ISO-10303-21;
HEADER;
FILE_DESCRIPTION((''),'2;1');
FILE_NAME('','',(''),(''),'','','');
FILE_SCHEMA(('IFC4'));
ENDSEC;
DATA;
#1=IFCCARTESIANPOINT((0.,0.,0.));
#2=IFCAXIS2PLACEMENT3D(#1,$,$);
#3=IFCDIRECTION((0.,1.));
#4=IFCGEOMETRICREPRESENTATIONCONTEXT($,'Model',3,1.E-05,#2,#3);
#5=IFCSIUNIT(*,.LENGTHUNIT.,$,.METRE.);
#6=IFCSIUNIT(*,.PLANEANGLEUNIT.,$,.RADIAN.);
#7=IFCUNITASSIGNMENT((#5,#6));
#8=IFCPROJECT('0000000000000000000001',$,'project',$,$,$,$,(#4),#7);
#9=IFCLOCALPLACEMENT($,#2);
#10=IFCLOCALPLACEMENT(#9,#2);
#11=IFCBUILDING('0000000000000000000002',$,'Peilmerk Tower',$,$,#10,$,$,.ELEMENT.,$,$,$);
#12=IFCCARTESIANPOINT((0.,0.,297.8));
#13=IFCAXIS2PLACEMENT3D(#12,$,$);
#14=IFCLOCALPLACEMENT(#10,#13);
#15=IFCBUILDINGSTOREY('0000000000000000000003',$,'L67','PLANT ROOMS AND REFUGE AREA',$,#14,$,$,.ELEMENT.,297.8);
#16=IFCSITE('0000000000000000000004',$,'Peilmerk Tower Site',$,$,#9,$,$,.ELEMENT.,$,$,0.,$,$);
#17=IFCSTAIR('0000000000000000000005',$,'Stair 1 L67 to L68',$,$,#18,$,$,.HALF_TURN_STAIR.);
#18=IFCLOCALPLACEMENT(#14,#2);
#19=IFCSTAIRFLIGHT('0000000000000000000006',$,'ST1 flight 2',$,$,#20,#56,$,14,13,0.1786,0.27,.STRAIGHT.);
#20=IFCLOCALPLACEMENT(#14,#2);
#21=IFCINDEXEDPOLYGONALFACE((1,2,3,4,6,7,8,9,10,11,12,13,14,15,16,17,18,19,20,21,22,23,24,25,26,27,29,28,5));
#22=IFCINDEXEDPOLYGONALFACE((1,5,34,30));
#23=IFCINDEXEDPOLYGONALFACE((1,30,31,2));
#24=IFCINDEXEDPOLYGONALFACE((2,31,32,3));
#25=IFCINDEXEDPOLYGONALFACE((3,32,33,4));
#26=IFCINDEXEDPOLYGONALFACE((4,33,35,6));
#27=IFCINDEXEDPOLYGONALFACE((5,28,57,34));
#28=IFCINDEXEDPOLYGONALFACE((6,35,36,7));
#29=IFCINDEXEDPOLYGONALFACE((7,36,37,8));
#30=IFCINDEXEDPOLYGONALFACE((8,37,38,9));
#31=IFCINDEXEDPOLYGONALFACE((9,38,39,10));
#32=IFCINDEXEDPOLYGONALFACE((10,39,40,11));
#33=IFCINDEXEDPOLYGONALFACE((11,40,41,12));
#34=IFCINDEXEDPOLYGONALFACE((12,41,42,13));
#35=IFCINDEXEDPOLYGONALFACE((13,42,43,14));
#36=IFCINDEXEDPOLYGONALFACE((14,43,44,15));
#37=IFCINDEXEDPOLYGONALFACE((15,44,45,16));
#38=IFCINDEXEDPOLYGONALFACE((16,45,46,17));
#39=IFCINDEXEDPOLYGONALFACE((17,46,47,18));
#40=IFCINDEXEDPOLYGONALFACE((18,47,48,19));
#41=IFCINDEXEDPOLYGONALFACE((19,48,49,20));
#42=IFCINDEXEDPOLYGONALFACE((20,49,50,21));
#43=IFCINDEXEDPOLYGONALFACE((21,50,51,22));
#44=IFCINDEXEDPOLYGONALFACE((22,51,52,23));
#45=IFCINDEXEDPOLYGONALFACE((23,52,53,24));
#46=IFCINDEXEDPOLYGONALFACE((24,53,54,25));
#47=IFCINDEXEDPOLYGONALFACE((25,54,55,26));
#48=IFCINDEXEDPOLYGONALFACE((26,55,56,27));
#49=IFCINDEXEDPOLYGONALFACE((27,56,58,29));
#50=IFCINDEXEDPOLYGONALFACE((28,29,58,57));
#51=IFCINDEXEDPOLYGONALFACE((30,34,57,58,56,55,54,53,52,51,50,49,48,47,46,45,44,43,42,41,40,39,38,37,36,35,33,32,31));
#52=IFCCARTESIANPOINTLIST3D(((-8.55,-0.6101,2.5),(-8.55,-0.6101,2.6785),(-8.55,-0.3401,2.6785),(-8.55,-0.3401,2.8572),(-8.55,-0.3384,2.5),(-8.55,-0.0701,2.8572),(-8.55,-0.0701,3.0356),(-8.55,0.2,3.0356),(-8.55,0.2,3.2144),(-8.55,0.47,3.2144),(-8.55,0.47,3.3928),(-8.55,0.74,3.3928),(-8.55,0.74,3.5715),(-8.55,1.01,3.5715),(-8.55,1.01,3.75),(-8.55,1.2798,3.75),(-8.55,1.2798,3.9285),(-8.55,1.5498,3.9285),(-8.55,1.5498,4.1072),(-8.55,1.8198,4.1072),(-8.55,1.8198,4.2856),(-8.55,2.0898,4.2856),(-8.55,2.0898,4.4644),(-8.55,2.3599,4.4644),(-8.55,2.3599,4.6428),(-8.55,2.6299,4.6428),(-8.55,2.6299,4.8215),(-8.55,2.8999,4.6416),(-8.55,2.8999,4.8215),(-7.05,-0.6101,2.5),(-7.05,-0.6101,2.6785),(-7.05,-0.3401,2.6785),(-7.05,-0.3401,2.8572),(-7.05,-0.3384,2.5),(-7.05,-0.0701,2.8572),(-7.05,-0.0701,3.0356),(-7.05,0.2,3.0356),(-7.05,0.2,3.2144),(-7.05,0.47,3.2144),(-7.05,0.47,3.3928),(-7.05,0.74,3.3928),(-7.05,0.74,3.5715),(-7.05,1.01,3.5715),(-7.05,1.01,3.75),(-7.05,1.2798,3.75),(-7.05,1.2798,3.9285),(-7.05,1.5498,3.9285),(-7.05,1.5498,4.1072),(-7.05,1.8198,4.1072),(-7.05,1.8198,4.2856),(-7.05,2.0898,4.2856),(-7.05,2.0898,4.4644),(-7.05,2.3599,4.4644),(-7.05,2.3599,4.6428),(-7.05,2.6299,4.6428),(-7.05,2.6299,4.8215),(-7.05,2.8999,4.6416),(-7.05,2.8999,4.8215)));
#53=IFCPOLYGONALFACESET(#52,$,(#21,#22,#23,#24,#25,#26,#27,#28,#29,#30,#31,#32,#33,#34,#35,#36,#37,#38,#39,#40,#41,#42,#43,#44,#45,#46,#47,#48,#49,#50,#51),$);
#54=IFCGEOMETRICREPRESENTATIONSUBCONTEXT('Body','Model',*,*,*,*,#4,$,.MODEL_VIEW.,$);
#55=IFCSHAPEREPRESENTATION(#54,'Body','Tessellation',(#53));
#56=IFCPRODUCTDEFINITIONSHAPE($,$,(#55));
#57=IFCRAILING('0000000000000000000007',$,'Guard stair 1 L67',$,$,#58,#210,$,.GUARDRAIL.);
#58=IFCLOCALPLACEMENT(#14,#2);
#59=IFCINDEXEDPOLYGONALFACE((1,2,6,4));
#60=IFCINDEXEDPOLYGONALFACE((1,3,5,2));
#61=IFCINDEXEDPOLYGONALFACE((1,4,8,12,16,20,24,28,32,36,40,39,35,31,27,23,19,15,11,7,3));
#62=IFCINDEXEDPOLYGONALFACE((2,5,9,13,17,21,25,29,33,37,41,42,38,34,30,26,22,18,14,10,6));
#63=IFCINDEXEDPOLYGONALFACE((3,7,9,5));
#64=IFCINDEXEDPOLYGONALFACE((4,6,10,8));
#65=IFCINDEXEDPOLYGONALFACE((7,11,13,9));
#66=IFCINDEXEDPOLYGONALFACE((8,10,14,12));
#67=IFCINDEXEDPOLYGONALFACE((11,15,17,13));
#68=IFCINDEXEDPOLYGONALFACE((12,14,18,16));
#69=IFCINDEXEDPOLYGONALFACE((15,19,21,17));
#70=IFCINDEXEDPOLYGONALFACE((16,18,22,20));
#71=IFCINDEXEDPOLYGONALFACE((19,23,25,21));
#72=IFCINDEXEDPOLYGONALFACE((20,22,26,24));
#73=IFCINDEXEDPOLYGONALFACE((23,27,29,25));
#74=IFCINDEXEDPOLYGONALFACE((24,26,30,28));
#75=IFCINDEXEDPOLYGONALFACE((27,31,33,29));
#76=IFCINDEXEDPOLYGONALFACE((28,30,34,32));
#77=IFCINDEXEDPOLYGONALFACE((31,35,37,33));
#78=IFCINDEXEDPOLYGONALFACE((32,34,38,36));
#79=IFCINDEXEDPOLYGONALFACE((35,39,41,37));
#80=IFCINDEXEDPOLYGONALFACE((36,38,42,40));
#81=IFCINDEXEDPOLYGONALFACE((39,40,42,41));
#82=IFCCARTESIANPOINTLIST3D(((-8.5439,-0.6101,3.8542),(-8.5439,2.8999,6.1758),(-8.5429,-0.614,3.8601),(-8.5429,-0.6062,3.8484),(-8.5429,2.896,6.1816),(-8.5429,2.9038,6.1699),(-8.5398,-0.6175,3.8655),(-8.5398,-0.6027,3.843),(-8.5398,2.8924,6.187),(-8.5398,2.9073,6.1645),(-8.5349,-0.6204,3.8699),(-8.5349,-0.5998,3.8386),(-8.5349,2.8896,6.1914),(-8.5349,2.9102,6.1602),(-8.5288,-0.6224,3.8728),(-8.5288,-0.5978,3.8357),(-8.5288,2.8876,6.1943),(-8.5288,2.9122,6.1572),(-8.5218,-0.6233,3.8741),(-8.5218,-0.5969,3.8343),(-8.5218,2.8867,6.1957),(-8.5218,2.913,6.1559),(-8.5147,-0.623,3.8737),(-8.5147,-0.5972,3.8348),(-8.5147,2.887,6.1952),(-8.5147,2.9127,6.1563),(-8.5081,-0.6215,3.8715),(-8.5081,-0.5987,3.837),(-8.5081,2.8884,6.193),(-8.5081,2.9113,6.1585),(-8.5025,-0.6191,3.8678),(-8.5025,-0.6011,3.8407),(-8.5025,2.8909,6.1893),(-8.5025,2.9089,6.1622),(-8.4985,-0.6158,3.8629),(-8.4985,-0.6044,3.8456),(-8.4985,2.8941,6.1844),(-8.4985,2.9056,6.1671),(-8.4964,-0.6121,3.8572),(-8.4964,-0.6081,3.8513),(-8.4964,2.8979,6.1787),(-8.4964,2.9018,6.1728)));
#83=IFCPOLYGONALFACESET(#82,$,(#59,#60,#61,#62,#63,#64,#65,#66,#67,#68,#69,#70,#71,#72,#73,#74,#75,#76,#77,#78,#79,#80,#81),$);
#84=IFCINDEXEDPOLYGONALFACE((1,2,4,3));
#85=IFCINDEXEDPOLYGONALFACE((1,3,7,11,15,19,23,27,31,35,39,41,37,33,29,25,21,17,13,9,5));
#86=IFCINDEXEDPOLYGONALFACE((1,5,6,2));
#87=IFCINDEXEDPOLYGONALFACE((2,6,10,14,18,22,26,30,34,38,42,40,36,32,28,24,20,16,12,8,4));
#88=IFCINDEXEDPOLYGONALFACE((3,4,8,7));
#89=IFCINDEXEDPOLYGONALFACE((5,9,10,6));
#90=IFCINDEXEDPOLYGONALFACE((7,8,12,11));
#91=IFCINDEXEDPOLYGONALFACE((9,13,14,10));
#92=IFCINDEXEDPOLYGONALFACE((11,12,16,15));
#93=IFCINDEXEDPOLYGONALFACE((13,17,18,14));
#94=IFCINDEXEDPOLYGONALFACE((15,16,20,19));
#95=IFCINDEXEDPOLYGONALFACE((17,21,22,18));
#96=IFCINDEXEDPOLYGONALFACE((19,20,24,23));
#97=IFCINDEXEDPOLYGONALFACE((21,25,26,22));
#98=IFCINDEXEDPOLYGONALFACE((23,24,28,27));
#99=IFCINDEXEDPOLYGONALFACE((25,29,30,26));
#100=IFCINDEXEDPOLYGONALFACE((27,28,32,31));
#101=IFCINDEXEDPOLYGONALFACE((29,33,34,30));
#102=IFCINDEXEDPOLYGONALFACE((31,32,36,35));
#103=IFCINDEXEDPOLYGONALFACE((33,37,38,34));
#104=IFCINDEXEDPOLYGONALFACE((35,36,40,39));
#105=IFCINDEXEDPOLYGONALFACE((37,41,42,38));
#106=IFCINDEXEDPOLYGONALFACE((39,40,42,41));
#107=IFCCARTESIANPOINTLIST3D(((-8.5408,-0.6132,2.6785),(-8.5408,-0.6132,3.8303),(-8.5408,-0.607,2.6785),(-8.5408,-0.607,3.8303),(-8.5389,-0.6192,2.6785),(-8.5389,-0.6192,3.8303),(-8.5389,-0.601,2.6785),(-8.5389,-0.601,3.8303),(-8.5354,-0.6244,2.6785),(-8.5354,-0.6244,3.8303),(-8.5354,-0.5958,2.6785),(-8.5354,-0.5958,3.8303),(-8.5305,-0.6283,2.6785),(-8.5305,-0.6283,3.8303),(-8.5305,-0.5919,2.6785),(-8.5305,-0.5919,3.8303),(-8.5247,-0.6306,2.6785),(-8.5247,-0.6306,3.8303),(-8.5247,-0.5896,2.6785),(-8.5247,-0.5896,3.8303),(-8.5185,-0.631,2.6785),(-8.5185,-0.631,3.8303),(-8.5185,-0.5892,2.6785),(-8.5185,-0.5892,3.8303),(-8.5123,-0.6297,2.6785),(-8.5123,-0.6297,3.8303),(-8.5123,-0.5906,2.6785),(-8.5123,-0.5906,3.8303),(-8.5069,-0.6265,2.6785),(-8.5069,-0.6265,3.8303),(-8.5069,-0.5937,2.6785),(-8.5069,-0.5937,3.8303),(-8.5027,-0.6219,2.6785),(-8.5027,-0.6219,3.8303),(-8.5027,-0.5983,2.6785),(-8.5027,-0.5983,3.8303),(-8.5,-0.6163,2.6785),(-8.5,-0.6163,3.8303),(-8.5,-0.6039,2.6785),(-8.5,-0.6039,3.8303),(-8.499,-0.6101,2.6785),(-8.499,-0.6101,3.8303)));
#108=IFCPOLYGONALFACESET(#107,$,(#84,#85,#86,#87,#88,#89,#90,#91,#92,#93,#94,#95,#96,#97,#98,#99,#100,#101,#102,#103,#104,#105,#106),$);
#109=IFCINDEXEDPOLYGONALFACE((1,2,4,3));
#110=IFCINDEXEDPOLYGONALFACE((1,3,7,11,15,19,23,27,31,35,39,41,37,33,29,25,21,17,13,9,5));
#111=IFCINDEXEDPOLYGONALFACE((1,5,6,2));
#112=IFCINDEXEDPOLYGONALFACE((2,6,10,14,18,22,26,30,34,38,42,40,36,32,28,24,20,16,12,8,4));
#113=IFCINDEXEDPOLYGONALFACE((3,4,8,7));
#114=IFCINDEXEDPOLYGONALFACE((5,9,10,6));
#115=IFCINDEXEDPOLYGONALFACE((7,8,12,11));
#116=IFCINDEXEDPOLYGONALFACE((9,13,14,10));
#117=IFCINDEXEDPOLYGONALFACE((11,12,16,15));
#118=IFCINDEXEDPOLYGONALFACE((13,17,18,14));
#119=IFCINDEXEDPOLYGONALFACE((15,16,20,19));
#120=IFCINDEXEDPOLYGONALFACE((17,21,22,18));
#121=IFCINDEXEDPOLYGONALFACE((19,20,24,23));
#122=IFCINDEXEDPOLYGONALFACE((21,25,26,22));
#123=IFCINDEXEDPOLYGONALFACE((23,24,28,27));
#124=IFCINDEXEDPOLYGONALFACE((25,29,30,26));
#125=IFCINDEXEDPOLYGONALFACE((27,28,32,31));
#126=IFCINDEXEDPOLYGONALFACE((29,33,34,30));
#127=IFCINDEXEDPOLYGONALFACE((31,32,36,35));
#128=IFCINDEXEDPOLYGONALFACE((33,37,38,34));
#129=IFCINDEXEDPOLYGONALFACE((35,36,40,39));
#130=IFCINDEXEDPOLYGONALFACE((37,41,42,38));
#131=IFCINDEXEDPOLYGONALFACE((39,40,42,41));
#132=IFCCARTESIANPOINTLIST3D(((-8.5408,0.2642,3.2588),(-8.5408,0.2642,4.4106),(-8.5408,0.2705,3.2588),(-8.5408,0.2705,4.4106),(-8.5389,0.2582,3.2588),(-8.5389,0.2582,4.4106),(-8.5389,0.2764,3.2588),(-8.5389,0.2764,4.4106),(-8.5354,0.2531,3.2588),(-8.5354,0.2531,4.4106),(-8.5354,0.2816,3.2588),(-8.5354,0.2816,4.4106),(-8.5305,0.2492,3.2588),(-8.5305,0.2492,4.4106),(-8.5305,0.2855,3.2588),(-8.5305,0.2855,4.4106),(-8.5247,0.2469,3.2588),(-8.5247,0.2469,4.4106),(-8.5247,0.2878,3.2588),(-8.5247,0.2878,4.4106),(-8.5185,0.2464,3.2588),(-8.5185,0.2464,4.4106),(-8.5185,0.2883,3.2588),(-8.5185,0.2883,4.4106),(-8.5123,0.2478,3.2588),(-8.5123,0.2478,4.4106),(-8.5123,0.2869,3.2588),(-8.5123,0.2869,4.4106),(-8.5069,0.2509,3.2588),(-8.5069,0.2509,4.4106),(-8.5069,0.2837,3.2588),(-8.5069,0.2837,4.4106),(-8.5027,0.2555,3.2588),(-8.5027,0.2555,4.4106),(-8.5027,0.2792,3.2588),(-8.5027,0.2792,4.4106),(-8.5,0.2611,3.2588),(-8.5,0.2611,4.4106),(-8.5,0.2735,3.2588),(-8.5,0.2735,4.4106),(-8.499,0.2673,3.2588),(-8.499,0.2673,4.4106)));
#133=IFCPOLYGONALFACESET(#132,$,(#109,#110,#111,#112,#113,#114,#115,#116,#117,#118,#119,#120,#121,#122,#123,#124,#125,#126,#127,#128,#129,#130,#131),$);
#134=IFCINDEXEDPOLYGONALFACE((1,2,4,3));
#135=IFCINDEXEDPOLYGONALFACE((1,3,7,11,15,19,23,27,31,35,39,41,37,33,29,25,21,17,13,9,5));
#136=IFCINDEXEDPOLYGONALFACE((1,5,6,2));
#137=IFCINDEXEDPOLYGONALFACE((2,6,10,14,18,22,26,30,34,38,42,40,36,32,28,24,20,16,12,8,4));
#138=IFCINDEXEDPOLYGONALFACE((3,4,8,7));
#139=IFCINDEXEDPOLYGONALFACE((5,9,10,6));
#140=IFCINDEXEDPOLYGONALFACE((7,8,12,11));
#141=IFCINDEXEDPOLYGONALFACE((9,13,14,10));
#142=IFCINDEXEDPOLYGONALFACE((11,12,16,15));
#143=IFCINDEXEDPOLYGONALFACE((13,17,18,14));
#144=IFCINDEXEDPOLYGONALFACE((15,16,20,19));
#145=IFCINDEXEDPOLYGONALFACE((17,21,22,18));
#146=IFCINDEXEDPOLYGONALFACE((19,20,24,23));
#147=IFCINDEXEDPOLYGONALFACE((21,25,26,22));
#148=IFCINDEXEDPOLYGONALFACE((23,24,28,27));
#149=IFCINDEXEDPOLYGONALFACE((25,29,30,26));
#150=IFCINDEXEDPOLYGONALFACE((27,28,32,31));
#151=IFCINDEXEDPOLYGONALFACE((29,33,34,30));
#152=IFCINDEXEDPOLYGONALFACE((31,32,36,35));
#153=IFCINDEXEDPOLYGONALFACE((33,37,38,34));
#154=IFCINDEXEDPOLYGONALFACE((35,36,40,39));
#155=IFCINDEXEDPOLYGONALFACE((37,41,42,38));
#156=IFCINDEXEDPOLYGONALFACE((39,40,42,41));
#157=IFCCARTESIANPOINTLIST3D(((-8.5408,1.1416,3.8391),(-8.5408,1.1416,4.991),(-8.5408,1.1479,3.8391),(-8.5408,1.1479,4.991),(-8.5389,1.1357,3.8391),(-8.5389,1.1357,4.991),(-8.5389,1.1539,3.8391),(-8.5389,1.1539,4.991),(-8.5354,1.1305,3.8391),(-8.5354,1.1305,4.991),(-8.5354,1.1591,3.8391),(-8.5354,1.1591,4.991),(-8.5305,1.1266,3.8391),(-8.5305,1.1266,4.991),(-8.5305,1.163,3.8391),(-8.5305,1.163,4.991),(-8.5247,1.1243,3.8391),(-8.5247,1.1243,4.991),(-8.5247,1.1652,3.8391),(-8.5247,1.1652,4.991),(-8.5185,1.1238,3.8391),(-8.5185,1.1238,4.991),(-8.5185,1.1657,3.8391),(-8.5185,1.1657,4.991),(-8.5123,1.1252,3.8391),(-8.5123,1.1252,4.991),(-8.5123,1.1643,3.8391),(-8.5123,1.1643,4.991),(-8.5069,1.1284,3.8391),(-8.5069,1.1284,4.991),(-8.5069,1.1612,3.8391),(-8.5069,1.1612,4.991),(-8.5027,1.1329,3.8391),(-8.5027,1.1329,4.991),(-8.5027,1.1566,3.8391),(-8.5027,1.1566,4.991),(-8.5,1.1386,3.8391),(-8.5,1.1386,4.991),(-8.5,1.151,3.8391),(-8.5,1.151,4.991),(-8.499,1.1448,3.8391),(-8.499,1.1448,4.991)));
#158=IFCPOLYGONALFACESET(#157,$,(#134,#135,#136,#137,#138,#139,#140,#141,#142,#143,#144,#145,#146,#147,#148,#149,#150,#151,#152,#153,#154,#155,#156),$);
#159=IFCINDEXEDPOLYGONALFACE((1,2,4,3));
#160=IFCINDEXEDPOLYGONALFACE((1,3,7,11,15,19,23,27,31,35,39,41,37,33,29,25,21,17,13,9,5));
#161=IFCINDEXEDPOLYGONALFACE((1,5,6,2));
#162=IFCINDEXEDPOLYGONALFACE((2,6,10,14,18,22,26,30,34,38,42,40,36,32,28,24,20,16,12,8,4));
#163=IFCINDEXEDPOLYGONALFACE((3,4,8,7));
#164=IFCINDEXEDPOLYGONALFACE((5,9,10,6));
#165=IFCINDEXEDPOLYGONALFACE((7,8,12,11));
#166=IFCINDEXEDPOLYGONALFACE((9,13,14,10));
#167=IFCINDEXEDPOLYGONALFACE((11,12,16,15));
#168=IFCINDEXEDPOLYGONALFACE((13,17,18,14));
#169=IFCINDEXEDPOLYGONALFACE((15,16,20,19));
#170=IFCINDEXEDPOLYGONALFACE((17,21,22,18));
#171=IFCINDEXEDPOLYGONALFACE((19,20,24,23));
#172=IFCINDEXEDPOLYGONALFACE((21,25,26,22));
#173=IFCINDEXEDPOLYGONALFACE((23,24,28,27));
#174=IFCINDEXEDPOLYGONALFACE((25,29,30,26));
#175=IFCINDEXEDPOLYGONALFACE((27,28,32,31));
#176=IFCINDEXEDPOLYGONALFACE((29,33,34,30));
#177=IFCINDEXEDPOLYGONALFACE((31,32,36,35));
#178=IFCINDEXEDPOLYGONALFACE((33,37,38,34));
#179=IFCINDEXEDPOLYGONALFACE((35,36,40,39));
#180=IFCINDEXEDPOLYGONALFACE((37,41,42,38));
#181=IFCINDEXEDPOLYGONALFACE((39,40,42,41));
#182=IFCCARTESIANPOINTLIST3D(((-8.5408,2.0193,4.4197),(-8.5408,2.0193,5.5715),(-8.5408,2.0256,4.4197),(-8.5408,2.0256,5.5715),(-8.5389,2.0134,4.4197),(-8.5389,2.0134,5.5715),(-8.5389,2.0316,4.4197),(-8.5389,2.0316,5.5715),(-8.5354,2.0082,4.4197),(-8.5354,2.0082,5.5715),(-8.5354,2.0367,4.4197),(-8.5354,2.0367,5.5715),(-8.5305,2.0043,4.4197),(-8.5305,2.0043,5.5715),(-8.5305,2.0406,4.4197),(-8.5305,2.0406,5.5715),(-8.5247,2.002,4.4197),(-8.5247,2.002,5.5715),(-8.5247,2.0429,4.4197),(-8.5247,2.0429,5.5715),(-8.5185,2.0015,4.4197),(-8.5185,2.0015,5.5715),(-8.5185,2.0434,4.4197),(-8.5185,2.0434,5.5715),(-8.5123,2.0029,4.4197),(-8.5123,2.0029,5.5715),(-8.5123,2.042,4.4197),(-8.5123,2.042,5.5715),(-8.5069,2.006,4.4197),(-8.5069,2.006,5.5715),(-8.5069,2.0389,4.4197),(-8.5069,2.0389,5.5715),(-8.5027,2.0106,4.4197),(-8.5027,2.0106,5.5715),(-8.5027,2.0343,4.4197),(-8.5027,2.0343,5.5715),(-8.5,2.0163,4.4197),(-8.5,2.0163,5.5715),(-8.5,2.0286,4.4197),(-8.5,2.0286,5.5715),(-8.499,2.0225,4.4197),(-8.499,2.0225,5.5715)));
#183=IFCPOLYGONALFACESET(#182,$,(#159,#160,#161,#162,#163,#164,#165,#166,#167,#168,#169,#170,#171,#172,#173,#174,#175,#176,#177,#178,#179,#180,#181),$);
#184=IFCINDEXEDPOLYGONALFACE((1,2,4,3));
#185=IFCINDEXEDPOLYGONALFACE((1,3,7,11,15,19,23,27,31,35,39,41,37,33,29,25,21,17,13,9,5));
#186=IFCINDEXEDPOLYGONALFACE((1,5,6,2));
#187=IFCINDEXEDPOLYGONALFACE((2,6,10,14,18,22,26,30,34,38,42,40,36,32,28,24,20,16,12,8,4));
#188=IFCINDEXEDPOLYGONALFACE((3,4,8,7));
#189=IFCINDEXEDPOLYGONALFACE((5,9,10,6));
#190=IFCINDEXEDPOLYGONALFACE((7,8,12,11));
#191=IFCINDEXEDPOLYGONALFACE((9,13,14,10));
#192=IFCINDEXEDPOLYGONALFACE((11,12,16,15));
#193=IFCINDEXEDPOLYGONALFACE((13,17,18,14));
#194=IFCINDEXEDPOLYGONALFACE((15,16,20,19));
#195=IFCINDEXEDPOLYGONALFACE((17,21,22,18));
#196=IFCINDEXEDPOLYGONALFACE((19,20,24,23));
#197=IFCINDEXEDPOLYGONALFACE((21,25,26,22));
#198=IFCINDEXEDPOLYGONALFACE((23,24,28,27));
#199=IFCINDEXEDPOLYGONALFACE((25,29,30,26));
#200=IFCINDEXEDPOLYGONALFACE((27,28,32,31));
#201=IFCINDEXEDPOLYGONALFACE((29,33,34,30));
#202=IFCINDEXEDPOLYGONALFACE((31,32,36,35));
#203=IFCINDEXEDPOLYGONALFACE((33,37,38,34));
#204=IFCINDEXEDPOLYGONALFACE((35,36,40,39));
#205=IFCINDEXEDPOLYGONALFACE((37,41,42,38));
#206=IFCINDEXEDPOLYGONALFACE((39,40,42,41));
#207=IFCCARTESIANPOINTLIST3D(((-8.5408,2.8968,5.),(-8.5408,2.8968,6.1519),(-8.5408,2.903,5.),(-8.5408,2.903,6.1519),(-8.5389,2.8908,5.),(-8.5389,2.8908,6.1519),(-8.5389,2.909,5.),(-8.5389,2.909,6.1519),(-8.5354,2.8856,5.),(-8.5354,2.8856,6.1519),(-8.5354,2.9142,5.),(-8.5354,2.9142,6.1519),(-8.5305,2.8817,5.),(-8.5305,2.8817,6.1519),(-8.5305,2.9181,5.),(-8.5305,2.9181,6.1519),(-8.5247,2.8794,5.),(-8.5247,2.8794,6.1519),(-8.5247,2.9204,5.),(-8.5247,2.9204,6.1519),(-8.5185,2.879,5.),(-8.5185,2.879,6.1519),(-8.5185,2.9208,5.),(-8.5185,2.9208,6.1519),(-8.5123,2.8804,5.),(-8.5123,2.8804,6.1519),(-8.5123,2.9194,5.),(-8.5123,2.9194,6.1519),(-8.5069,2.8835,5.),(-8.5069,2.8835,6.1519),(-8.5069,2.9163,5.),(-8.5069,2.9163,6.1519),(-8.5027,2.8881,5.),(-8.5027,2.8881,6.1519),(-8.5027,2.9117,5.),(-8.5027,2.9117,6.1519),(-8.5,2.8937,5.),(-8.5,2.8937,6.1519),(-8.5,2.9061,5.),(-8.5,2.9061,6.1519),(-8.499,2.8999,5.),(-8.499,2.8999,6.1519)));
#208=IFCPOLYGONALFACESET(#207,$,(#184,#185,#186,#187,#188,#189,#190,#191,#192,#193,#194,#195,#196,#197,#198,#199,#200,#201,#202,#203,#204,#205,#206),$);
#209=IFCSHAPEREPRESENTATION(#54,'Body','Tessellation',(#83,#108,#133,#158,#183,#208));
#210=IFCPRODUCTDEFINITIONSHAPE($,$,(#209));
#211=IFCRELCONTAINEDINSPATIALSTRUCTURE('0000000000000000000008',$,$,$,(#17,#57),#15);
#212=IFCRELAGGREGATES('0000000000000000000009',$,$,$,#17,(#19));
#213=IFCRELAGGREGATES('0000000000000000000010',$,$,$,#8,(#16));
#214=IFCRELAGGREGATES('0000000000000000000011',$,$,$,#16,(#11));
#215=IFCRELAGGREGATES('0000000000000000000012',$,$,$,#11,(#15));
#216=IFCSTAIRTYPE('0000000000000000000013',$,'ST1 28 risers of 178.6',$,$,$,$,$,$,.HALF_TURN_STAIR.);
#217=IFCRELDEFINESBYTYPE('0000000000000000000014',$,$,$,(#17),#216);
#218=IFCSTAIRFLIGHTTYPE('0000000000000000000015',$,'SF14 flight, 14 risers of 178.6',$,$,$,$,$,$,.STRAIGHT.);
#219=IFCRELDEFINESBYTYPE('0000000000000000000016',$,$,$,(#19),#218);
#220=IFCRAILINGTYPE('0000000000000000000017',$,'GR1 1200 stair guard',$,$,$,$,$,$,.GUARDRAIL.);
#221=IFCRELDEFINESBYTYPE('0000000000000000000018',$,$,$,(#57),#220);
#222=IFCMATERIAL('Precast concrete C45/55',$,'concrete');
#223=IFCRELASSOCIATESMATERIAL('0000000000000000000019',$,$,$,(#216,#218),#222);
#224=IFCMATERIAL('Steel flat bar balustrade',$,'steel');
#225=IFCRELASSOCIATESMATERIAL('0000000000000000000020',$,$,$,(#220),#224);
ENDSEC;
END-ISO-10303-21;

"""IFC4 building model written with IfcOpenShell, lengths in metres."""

from ifc_helpers import new_model, si_unit, direction, frame, origin, origin_2d, place, context, subcontext, project, spatial, polyline, circle, outline, extrude, material, type_object, element, aggregate, save


model = new_model("IFC4")

# Units and contexts
model_context = context("Model", 3, precision=1e-05, world=origin(), true_north=direction((0.0, 1.0)))
body_context = subcontext(model_context, "Body", "Model", "MODEL_VIEW")
ifc_project = project(units=[si_unit("LENGTHUNIT", "METRE"), si_unit("PLANEANGLEUNIT", "RADIAN")], contexts=[model_context])

# Site, building, storey
site_placement = place(None, origin())
site = spatial("IfcSite", under=ifc_project, at=site_placement, Name="Peilmerk Tower Site", CompositionType="ELEMENT", RefElevation=0.0)
building_placement = place(site_placement, origin())
building = spatial("IfcBuilding", under=site, at=building_placement, Name="Peilmerk Tower", CompositionType="ELEMENT")
storey_placement = place(building_placement, frame((0.0, 0.0, 297.8)))
storey = spatial("IfcBuildingStorey", under=building, at=storey_placement, Name="L67", Description="PLANT ROOMS AND REFUGE AREA", CompositionType="ELEMENT", Elevation=297.8)

# Stair, stair flight
ifc_material_1 = material(Name="Precast concrete C45/55", Category="concrete")
stair_type = type_object("IfcStairType", Name="ST1 28 risers of 178.6", PredefinedType="HALF_TURN_STAIR", material=ifc_material_1)
stair_placement = place(storey_placement, origin())
stair = element("IfcStair", 1, at=stair_placement, inside=storey, type_object=stair_type, Name="Stair 1 L67 to L68", PredefinedType="HALF_TURN_STAIR")
stair_flight_type = type_object("IfcStairFlightType", Name="SF14 flight, 14 risers of 178.6", PredefinedType="STRAIGHT", material=ifc_material_1)
stair_flight_placement = place(storey_placement, frame((-7.8, -0.6101, 2.5), z_axis=(0.0, 0.0, 1.0), x_axis=(0.0, 1.0, 0.0)))
stair_flight = element("IfcStairFlight", 2, at=stair_flight_placement, type_object=stair_flight_type, Name="ST1 flight 2", NumberOfRisers=14, NumberOfTreads=13, PredefinedType="STRAIGHT", RiserHeight=0.1786, TreadLength=0.27, context=body_context, shape_type="SweptSolid", body=[
    extrude(outline(polyline([(0.0, 0.0), (0.0, 0.1785), (0.27, 0.1785), (0.27, 0.3572), (0.54, 0.3572), (0.54, 0.5356), (0.8101, 0.5356), (0.8101, 0.7144), (1.0801, 0.7144), (1.0801, 0.8928), (1.3501, 0.8928), (1.3501, 1.0715), (1.6201, 1.0715), (1.6201, 1.25), (1.8899, 1.25), (1.8899, 1.4285), (2.1599, 1.4285), (2.1599, 1.6072), (2.4299, 1.6072), (2.4299, 1.7856), (2.7, 1.7856), (2.7, 1.9644), (2.97, 1.9644), (2.97, 2.1428), (3.24, 2.1428), (3.24, 2.3215), (3.51, 2.3215), (3.51, 2.5), (3.51, 2.1416), (0.2717, 0.0), (0.0, 0.0)])), frame((0.0, 0.75, 0.0), z_axis=(0.0, -1.0, 0.0), x_axis=(1.0, 0.0, 0.0)), (0.0, 0.0, 1.0), 1.5),
])
aggregate(stair, [stair_flight])

# Railing
ifc_material_2 = material(Name="Steel flat bar balustrade", Category="steel")
railing_type_1 = type_object("IfcRailingType", Name="GR1 1200 stair guard", PredefinedType="GUARDRAIL", material=ifc_material_2)
railing_1_placement = place(storey_placement, frame((-8.52, -0.6101, 2.6785)))
element("IfcRailing", 3, at=railing_1_placement, inside=storey, type_object=railing_type_1, Name="Guard stair 1 L67", PredefinedType="GUARDRAIL", context=body_context, shape_type="SweptSolid", body=[
    extrude(circle(Radius=0.0239, at=origin_2d()), frame((0.0, 0.0, 1.1758), z_axis=(0.0, 0.834071, 0.551657), x_axis=(-1.0, 0.0, 0.0)), (0.0, 0.0, 1.0), 4.2083),
    extrude(circle(Radius=0.021, at=origin_2d()), origin(), (0.0, 0.0, 1.0), 1.1519),
    extrude(circle(Radius=0.021, at=origin_2d()), frame((0.0, 0.8774, 0.5803)), (0.0, 0.0, 1.0), 1.1519),
    extrude(circle(Radius=0.021, at=origin_2d()), frame((0.0, 1.7549, 1.1606)), (0.0, 0.0, 1.0), 1.1519),
    extrude(circle(Radius=0.021, at=origin_2d()), frame((0.0, 2.6326, 1.7412)), (0.0, 0.0, 1.0), 1.1519),
    extrude(circle(Radius=0.021, at=origin_2d()), frame((0.0, 3.51, 2.3215)), (0.0, 0.0, 1.0), 1.1519),
])

save(model, "model.ifc")
